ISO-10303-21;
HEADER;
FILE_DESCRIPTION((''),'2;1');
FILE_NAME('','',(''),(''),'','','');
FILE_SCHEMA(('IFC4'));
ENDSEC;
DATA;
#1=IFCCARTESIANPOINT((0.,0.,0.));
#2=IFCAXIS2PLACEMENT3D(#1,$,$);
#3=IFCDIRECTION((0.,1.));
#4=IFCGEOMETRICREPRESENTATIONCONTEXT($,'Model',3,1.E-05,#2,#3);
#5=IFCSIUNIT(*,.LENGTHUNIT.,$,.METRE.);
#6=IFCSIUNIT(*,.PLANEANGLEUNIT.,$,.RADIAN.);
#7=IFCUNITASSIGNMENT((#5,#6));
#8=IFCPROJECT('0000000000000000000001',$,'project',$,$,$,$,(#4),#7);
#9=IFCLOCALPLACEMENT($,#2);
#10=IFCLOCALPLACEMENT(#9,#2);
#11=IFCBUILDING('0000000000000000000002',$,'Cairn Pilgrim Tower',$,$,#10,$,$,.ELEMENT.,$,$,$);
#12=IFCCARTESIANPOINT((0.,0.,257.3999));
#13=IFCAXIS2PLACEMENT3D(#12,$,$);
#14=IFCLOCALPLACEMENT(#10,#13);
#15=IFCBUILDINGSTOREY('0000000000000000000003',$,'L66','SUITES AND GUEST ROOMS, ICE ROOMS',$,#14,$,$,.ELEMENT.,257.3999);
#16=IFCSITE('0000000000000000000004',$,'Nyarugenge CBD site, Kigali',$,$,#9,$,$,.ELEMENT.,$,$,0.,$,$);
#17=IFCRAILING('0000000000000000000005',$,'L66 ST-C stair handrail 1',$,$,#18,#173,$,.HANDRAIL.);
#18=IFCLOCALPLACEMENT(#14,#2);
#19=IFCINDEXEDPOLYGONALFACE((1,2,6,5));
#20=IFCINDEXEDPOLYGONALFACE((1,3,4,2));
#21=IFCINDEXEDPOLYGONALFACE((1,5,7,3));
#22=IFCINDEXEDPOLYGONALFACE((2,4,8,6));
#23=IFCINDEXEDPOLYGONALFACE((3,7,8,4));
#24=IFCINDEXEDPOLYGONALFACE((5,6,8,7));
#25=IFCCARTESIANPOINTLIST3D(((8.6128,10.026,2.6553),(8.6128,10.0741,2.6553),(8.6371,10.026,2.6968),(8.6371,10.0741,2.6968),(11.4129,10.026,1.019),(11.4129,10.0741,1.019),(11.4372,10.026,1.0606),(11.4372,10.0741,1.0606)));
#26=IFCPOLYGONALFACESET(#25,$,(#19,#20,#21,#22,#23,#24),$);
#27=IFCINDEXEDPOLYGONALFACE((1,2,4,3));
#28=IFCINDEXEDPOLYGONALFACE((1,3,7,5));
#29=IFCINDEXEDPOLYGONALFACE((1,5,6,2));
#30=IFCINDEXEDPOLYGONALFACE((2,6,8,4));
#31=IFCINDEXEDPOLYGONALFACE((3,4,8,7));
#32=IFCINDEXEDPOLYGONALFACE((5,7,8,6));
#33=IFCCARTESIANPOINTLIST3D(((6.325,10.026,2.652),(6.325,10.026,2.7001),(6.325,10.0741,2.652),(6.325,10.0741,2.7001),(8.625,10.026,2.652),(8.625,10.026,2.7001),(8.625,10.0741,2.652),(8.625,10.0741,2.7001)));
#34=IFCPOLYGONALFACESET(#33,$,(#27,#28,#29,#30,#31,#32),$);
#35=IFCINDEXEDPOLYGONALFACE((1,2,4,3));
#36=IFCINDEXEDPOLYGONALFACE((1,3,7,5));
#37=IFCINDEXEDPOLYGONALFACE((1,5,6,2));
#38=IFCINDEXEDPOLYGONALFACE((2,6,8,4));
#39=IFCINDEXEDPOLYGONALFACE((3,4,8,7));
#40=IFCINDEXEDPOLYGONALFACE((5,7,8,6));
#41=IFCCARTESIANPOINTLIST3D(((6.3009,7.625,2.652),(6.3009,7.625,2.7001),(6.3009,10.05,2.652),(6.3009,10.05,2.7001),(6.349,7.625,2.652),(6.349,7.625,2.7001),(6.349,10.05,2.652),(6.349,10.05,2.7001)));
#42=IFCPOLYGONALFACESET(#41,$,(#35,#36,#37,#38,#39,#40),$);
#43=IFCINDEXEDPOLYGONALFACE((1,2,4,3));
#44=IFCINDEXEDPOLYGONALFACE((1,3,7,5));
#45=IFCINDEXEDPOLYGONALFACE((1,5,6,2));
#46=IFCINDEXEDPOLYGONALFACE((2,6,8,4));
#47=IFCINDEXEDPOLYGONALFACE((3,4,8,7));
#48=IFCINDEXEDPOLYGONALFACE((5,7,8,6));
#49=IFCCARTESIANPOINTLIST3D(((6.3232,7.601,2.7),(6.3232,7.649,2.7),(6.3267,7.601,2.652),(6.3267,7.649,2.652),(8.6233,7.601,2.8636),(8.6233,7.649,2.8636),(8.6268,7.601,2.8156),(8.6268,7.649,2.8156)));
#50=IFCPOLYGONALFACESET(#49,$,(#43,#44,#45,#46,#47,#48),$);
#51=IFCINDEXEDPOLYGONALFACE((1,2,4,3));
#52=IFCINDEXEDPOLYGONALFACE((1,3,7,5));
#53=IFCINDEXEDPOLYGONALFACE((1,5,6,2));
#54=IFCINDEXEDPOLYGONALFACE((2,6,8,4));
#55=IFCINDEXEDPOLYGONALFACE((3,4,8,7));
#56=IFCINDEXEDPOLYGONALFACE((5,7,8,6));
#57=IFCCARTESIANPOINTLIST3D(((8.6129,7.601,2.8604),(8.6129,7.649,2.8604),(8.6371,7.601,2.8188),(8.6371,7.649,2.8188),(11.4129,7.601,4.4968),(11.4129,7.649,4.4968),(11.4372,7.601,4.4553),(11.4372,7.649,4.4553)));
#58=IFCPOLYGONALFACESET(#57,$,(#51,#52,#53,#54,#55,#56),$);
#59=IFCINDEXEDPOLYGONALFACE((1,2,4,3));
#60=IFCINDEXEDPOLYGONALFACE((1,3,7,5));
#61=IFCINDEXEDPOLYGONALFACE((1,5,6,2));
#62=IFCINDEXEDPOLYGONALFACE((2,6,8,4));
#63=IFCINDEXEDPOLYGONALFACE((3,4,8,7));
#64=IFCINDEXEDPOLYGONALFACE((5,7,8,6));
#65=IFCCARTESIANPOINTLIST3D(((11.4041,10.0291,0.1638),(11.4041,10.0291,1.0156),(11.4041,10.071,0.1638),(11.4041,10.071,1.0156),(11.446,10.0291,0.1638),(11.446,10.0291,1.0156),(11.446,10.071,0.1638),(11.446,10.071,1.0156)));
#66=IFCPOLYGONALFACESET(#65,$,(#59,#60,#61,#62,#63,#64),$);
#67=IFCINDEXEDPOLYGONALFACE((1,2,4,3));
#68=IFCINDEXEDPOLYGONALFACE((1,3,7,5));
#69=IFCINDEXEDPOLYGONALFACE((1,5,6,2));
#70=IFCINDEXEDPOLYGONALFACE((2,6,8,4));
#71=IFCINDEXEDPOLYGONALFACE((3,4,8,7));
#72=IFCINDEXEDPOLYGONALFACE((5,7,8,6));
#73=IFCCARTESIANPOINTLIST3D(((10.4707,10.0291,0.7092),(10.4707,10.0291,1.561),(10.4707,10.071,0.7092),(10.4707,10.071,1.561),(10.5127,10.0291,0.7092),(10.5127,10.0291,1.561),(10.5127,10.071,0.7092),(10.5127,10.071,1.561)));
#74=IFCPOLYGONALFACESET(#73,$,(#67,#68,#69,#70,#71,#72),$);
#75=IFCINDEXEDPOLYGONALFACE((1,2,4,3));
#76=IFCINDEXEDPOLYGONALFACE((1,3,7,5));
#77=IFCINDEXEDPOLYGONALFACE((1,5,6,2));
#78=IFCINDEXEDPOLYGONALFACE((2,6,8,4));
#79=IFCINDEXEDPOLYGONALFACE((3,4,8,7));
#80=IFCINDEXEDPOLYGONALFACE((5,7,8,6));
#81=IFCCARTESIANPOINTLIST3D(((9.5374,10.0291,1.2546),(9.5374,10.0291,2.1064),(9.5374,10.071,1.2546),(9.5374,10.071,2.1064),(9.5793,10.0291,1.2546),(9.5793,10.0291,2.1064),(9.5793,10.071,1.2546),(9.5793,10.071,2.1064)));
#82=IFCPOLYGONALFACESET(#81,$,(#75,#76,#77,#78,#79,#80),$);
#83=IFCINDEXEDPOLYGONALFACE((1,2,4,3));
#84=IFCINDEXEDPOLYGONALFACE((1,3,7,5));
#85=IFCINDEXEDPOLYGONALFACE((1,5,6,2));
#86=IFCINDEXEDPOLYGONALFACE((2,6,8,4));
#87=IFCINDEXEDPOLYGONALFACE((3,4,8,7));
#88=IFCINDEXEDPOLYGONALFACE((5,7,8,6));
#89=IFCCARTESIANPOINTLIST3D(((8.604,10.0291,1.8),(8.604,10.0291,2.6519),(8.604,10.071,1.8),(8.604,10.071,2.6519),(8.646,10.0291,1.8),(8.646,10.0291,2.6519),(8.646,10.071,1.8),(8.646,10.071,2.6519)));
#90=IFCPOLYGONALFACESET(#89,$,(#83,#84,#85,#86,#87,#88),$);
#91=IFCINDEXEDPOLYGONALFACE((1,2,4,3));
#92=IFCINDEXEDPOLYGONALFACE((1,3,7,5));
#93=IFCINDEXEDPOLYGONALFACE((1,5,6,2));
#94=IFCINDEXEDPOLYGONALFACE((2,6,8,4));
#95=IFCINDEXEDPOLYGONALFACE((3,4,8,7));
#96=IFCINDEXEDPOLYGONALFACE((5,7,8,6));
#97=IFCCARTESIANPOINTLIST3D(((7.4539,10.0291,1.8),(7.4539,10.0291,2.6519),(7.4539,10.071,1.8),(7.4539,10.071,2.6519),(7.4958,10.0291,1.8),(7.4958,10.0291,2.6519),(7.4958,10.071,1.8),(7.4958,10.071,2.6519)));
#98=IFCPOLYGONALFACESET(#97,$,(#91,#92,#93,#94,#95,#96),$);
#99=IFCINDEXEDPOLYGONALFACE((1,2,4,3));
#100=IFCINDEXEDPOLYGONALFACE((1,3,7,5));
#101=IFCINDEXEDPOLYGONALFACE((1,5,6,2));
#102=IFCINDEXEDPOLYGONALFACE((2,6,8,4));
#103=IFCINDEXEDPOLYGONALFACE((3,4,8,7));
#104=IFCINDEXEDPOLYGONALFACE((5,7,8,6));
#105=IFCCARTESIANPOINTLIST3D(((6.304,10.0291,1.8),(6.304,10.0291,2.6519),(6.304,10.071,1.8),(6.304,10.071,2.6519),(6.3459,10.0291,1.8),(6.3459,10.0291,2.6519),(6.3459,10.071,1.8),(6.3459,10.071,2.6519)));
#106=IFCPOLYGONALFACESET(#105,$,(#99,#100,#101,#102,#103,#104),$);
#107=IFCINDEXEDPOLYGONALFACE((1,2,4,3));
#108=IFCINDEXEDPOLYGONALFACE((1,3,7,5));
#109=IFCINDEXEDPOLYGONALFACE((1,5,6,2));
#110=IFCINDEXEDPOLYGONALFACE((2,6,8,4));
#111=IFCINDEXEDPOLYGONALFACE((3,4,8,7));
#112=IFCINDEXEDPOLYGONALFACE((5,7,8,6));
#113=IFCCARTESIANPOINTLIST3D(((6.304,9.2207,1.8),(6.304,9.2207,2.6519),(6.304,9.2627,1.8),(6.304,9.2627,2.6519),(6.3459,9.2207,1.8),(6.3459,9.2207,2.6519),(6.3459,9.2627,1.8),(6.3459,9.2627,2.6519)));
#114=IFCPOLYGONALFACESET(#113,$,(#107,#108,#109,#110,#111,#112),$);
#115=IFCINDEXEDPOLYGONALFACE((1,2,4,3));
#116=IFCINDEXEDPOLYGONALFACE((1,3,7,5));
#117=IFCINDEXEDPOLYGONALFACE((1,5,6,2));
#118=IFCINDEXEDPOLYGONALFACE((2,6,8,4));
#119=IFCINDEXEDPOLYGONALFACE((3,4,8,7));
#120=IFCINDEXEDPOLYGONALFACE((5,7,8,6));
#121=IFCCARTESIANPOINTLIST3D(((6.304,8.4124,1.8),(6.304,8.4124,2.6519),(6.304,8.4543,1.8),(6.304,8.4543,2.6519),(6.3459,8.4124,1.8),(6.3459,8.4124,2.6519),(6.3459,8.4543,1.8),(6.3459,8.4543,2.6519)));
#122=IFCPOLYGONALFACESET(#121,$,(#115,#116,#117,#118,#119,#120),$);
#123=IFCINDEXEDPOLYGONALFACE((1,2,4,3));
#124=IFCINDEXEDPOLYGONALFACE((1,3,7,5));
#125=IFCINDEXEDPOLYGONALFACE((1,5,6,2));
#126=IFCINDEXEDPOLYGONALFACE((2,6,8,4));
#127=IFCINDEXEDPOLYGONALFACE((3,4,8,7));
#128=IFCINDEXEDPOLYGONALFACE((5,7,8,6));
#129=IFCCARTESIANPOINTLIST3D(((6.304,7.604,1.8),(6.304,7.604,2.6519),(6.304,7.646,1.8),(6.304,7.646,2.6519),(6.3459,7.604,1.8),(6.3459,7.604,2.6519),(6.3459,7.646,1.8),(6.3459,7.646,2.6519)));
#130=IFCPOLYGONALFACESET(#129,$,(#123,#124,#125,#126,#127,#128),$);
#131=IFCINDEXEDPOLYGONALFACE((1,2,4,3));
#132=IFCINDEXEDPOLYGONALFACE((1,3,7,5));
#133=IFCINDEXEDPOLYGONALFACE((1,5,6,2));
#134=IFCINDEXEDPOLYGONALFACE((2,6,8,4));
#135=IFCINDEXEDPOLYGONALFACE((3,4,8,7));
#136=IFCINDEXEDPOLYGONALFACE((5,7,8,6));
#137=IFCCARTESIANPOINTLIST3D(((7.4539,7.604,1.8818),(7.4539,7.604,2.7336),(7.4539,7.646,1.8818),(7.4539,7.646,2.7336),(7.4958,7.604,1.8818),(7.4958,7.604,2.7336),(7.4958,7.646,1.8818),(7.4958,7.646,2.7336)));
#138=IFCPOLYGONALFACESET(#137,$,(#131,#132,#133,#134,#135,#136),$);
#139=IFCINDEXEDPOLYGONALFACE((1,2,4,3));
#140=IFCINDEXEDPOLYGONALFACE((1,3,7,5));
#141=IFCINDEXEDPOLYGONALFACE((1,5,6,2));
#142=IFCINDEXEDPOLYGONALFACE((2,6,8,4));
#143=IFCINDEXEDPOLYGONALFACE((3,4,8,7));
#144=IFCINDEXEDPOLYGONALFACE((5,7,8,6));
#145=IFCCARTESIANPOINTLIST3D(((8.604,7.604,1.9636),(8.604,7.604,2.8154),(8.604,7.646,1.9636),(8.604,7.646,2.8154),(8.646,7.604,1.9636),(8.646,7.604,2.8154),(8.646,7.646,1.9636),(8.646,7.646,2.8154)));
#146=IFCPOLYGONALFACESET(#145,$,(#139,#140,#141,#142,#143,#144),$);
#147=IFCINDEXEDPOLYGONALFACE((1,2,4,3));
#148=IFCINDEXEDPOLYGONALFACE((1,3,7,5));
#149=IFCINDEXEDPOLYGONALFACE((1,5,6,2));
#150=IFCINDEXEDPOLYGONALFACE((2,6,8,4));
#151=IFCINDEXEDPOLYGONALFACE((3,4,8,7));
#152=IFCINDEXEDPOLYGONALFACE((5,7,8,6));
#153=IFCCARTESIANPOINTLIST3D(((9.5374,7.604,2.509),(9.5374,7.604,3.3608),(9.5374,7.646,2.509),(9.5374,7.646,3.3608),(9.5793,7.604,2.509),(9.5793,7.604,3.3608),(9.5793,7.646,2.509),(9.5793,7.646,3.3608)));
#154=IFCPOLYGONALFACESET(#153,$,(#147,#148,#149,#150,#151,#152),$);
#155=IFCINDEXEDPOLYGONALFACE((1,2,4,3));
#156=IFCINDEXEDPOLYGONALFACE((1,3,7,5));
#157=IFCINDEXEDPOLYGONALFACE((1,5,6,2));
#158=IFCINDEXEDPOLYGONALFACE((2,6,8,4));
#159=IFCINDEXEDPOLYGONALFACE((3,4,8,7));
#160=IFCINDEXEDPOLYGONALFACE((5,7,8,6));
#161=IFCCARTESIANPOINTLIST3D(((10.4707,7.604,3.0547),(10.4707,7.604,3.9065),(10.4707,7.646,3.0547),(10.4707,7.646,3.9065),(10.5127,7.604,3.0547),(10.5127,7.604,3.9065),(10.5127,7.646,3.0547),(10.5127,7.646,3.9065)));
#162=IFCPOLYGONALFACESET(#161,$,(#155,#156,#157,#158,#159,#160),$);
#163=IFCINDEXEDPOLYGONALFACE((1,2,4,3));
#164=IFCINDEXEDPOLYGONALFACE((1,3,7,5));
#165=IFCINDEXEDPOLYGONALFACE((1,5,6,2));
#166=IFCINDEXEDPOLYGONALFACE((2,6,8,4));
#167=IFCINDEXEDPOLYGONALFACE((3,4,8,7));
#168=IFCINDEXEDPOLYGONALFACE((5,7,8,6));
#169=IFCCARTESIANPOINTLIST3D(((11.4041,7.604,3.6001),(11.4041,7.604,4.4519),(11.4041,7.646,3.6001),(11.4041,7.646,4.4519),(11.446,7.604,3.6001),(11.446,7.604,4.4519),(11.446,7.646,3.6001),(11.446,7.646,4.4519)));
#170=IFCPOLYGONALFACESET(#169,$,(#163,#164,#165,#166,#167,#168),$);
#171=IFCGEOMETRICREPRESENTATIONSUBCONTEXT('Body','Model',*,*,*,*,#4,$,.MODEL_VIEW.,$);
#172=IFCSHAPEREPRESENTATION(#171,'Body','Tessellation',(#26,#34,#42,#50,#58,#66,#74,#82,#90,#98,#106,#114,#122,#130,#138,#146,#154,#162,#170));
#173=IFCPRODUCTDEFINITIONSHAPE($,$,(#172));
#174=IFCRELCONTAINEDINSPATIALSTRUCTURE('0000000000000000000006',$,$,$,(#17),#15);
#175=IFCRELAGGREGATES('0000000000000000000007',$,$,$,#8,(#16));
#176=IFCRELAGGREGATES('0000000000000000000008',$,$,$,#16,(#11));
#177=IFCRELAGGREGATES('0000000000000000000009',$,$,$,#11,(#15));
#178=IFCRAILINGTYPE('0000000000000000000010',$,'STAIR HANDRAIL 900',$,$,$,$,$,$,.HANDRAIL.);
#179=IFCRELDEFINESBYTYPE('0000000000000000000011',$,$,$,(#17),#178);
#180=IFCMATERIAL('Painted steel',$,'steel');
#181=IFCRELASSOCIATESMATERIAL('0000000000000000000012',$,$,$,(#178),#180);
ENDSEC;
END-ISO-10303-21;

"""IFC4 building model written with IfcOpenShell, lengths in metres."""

from ifc_helpers import new_model, si_unit, direction, frame, origin, origin_2d, place, context, subcontext, project, spatial, rectangle, extrude, material, type_object, element, save


model = new_model("IFC4")

# Units and contexts
model_context = context("Model", 3, precision=1e-05, world=origin(), true_north=direction((0.0, 1.0)))
body_context = subcontext(model_context, "Body", "Model", "MODEL_VIEW")
ifc_project = project(units=[si_unit("LENGTHUNIT", "METRE"), si_unit("PLANEANGLEUNIT", "RADIAN")], contexts=[model_context])

# Site, building, storey
site_placement = place(None, origin())
site = spatial("IfcSite", under=ifc_project, at=site_placement, Name="Nyarugenge CBD site, Kigali", CompositionType="ELEMENT", RefElevation=0.0)
building_placement = place(site_placement, origin())
building = spatial("IfcBuilding", under=site, at=building_placement, Name="Cairn Pilgrim Tower", CompositionType="ELEMENT")
storey_placement = place(building_placement, frame((0.0, 0.0, 257.3999)))
storey = spatial("IfcBuildingStorey", under=building, at=storey_placement, Name="L66", Description="SUITES AND GUEST ROOMS, ICE ROOMS", CompositionType="ELEMENT", Elevation=257.3999)

# Shared definitions
ifc_material_1 = material(Name="Painted steel", Category="steel")

# Railing
railing_type_1 = type_object("IfcRailingType", Name="STAIR HANDRAIL 900", PredefinedType="HANDRAIL", material=ifc_material_1)
railing_1_placement = place(storey_placement, frame((11.425, 10.05, 0.1638)))
element("IfcRailing", 1, at=railing_1_placement, inside=storey, type_object=railing_type_1, Name="L66 ST-C stair handrail 1", PredefinedType="HANDRAIL", context=body_context, shape_type="SweptSolid", body=[
    extrude(rectangle(XDim=0.0481, YDim=0.0481, at=origin_2d()), frame((0.0, 0.0, 0.876), z_axis=(-0.863394, 0.0, 0.504531), x_axis=(0.0, -1.0, 0.0)), (0.0, 0.0, 1.0), 3.2432),
    extrude(rectangle(XDim=0.0481, YDim=0.0481, at=origin_2d()), frame((-2.8, 0.0, 2.5122), z_axis=(-1.0, 0.0, 0.0), x_axis=(0.0, -1.0, 0.0)), (0.0, 0.0, 1.0), 2.3),
    extrude(rectangle(XDim=0.0481, YDim=0.0481, at=origin_2d()), frame((-5.1001, 0.0, 2.5122), z_axis=(0.0, -1.0, 0.0), x_axis=(1.0, 0.0, 0.0)), (0.0, 0.0, 1.0), 2.425),
    extrude(rectangle(XDim=0.0481, YDim=0.0481, at=origin_2d()), frame((-5.1001, -2.425, 2.5122), z_axis=(0.997481, 0.0, 0.070939), x_axis=(0.0, 1.0, 0.0)), (0.0, 0.0, 1.0), 2.3059),
    extrude(rectangle(XDim=0.0481, YDim=0.0481, at=origin_2d()), frame((-2.8, -2.425, 2.6758), z_axis=(0.863361, 0.0, 0.504587), x_axis=(0.0, 1.0, 0.0)), (0.0, 0.0, 1.0), 3.2432),
    extrude(rectangle(XDim=0.042, YDim=0.042, at=origin_2d()), origin(), (0.0, 0.0, 1.0), 0.8518),
    extrude(rectangle(XDim=0.042, YDim=0.042, at=origin_2d()), frame((-0.9333, 0.0, 0.5454)), (0.0, 0.0, 1.0), 0.8518),
    extrude(rectangle(XDim=0.042, YDim=0.042, at=origin_2d()), frame((-1.8667, 0.0, 1.0908)), (0.0, 0.0, 1.0), 0.8518),
    extrude(rectangle(XDim=0.042, YDim=0.042, at=origin_2d()), frame((-2.8, 0.0, 1.6362)), (0.0, 0.0, 1.0), 0.8518),
    extrude(rectangle(XDim=0.042, YDim=0.042, at=origin_2d()), frame((-3.9502, 0.0, 1.6362)), (0.0, 0.0, 1.0), 0.8518),
    extrude(rectangle(XDim=0.042, YDim=0.042, at=origin_2d()), frame((-5.1001, 0.0, 1.6362)), (0.0, 0.0, 1.0), 0.8518),
    extrude(rectangle(XDim=0.042, YDim=0.042, at=origin_2d()), frame((-5.1001, -0.8083, 1.6362)), (0.0, 0.0, 1.0), 0.8518),
    extrude(rectangle(XDim=0.042, YDim=0.042, at=origin_2d()), frame((-5.1001, -1.6167, 1.6362)), (0.0, 0.0, 1.0), 0.8518),
    extrude(rectangle(XDim=0.042, YDim=0.042, at=origin_2d()), frame((-5.1001, -2.425, 1.6362)), (0.0, 0.0, 1.0), 0.8518),
    extrude(rectangle(XDim=0.042, YDim=0.042, at=origin_2d()), frame((-3.9502, -2.425, 1.718)), (0.0, 0.0, 1.0), 0.8518),
    extrude(rectangle(XDim=0.042, YDim=0.042, at=origin_2d()), frame((-2.8, -2.425, 1.7998)), (0.0, 0.0, 1.0), 0.8518),
    extrude(rectangle(XDim=0.042, YDim=0.042, at=origin_2d()), frame((-1.8667, -2.425, 2.3452)), (0.0, 0.0, 1.0), 0.8518),
    extrude(rectangle(XDim=0.042, YDim=0.042, at=origin_2d()), frame((-0.9333, -2.425, 2.8909)), (0.0, 0.0, 1.0), 0.8518),
    extrude(rectangle(XDim=0.042, YDim=0.042, at=origin_2d()), frame((0.0, -2.425, 3.4363)), (0.0, 0.0, 1.0), 0.8518),
])

save(model, "model.ifc")
